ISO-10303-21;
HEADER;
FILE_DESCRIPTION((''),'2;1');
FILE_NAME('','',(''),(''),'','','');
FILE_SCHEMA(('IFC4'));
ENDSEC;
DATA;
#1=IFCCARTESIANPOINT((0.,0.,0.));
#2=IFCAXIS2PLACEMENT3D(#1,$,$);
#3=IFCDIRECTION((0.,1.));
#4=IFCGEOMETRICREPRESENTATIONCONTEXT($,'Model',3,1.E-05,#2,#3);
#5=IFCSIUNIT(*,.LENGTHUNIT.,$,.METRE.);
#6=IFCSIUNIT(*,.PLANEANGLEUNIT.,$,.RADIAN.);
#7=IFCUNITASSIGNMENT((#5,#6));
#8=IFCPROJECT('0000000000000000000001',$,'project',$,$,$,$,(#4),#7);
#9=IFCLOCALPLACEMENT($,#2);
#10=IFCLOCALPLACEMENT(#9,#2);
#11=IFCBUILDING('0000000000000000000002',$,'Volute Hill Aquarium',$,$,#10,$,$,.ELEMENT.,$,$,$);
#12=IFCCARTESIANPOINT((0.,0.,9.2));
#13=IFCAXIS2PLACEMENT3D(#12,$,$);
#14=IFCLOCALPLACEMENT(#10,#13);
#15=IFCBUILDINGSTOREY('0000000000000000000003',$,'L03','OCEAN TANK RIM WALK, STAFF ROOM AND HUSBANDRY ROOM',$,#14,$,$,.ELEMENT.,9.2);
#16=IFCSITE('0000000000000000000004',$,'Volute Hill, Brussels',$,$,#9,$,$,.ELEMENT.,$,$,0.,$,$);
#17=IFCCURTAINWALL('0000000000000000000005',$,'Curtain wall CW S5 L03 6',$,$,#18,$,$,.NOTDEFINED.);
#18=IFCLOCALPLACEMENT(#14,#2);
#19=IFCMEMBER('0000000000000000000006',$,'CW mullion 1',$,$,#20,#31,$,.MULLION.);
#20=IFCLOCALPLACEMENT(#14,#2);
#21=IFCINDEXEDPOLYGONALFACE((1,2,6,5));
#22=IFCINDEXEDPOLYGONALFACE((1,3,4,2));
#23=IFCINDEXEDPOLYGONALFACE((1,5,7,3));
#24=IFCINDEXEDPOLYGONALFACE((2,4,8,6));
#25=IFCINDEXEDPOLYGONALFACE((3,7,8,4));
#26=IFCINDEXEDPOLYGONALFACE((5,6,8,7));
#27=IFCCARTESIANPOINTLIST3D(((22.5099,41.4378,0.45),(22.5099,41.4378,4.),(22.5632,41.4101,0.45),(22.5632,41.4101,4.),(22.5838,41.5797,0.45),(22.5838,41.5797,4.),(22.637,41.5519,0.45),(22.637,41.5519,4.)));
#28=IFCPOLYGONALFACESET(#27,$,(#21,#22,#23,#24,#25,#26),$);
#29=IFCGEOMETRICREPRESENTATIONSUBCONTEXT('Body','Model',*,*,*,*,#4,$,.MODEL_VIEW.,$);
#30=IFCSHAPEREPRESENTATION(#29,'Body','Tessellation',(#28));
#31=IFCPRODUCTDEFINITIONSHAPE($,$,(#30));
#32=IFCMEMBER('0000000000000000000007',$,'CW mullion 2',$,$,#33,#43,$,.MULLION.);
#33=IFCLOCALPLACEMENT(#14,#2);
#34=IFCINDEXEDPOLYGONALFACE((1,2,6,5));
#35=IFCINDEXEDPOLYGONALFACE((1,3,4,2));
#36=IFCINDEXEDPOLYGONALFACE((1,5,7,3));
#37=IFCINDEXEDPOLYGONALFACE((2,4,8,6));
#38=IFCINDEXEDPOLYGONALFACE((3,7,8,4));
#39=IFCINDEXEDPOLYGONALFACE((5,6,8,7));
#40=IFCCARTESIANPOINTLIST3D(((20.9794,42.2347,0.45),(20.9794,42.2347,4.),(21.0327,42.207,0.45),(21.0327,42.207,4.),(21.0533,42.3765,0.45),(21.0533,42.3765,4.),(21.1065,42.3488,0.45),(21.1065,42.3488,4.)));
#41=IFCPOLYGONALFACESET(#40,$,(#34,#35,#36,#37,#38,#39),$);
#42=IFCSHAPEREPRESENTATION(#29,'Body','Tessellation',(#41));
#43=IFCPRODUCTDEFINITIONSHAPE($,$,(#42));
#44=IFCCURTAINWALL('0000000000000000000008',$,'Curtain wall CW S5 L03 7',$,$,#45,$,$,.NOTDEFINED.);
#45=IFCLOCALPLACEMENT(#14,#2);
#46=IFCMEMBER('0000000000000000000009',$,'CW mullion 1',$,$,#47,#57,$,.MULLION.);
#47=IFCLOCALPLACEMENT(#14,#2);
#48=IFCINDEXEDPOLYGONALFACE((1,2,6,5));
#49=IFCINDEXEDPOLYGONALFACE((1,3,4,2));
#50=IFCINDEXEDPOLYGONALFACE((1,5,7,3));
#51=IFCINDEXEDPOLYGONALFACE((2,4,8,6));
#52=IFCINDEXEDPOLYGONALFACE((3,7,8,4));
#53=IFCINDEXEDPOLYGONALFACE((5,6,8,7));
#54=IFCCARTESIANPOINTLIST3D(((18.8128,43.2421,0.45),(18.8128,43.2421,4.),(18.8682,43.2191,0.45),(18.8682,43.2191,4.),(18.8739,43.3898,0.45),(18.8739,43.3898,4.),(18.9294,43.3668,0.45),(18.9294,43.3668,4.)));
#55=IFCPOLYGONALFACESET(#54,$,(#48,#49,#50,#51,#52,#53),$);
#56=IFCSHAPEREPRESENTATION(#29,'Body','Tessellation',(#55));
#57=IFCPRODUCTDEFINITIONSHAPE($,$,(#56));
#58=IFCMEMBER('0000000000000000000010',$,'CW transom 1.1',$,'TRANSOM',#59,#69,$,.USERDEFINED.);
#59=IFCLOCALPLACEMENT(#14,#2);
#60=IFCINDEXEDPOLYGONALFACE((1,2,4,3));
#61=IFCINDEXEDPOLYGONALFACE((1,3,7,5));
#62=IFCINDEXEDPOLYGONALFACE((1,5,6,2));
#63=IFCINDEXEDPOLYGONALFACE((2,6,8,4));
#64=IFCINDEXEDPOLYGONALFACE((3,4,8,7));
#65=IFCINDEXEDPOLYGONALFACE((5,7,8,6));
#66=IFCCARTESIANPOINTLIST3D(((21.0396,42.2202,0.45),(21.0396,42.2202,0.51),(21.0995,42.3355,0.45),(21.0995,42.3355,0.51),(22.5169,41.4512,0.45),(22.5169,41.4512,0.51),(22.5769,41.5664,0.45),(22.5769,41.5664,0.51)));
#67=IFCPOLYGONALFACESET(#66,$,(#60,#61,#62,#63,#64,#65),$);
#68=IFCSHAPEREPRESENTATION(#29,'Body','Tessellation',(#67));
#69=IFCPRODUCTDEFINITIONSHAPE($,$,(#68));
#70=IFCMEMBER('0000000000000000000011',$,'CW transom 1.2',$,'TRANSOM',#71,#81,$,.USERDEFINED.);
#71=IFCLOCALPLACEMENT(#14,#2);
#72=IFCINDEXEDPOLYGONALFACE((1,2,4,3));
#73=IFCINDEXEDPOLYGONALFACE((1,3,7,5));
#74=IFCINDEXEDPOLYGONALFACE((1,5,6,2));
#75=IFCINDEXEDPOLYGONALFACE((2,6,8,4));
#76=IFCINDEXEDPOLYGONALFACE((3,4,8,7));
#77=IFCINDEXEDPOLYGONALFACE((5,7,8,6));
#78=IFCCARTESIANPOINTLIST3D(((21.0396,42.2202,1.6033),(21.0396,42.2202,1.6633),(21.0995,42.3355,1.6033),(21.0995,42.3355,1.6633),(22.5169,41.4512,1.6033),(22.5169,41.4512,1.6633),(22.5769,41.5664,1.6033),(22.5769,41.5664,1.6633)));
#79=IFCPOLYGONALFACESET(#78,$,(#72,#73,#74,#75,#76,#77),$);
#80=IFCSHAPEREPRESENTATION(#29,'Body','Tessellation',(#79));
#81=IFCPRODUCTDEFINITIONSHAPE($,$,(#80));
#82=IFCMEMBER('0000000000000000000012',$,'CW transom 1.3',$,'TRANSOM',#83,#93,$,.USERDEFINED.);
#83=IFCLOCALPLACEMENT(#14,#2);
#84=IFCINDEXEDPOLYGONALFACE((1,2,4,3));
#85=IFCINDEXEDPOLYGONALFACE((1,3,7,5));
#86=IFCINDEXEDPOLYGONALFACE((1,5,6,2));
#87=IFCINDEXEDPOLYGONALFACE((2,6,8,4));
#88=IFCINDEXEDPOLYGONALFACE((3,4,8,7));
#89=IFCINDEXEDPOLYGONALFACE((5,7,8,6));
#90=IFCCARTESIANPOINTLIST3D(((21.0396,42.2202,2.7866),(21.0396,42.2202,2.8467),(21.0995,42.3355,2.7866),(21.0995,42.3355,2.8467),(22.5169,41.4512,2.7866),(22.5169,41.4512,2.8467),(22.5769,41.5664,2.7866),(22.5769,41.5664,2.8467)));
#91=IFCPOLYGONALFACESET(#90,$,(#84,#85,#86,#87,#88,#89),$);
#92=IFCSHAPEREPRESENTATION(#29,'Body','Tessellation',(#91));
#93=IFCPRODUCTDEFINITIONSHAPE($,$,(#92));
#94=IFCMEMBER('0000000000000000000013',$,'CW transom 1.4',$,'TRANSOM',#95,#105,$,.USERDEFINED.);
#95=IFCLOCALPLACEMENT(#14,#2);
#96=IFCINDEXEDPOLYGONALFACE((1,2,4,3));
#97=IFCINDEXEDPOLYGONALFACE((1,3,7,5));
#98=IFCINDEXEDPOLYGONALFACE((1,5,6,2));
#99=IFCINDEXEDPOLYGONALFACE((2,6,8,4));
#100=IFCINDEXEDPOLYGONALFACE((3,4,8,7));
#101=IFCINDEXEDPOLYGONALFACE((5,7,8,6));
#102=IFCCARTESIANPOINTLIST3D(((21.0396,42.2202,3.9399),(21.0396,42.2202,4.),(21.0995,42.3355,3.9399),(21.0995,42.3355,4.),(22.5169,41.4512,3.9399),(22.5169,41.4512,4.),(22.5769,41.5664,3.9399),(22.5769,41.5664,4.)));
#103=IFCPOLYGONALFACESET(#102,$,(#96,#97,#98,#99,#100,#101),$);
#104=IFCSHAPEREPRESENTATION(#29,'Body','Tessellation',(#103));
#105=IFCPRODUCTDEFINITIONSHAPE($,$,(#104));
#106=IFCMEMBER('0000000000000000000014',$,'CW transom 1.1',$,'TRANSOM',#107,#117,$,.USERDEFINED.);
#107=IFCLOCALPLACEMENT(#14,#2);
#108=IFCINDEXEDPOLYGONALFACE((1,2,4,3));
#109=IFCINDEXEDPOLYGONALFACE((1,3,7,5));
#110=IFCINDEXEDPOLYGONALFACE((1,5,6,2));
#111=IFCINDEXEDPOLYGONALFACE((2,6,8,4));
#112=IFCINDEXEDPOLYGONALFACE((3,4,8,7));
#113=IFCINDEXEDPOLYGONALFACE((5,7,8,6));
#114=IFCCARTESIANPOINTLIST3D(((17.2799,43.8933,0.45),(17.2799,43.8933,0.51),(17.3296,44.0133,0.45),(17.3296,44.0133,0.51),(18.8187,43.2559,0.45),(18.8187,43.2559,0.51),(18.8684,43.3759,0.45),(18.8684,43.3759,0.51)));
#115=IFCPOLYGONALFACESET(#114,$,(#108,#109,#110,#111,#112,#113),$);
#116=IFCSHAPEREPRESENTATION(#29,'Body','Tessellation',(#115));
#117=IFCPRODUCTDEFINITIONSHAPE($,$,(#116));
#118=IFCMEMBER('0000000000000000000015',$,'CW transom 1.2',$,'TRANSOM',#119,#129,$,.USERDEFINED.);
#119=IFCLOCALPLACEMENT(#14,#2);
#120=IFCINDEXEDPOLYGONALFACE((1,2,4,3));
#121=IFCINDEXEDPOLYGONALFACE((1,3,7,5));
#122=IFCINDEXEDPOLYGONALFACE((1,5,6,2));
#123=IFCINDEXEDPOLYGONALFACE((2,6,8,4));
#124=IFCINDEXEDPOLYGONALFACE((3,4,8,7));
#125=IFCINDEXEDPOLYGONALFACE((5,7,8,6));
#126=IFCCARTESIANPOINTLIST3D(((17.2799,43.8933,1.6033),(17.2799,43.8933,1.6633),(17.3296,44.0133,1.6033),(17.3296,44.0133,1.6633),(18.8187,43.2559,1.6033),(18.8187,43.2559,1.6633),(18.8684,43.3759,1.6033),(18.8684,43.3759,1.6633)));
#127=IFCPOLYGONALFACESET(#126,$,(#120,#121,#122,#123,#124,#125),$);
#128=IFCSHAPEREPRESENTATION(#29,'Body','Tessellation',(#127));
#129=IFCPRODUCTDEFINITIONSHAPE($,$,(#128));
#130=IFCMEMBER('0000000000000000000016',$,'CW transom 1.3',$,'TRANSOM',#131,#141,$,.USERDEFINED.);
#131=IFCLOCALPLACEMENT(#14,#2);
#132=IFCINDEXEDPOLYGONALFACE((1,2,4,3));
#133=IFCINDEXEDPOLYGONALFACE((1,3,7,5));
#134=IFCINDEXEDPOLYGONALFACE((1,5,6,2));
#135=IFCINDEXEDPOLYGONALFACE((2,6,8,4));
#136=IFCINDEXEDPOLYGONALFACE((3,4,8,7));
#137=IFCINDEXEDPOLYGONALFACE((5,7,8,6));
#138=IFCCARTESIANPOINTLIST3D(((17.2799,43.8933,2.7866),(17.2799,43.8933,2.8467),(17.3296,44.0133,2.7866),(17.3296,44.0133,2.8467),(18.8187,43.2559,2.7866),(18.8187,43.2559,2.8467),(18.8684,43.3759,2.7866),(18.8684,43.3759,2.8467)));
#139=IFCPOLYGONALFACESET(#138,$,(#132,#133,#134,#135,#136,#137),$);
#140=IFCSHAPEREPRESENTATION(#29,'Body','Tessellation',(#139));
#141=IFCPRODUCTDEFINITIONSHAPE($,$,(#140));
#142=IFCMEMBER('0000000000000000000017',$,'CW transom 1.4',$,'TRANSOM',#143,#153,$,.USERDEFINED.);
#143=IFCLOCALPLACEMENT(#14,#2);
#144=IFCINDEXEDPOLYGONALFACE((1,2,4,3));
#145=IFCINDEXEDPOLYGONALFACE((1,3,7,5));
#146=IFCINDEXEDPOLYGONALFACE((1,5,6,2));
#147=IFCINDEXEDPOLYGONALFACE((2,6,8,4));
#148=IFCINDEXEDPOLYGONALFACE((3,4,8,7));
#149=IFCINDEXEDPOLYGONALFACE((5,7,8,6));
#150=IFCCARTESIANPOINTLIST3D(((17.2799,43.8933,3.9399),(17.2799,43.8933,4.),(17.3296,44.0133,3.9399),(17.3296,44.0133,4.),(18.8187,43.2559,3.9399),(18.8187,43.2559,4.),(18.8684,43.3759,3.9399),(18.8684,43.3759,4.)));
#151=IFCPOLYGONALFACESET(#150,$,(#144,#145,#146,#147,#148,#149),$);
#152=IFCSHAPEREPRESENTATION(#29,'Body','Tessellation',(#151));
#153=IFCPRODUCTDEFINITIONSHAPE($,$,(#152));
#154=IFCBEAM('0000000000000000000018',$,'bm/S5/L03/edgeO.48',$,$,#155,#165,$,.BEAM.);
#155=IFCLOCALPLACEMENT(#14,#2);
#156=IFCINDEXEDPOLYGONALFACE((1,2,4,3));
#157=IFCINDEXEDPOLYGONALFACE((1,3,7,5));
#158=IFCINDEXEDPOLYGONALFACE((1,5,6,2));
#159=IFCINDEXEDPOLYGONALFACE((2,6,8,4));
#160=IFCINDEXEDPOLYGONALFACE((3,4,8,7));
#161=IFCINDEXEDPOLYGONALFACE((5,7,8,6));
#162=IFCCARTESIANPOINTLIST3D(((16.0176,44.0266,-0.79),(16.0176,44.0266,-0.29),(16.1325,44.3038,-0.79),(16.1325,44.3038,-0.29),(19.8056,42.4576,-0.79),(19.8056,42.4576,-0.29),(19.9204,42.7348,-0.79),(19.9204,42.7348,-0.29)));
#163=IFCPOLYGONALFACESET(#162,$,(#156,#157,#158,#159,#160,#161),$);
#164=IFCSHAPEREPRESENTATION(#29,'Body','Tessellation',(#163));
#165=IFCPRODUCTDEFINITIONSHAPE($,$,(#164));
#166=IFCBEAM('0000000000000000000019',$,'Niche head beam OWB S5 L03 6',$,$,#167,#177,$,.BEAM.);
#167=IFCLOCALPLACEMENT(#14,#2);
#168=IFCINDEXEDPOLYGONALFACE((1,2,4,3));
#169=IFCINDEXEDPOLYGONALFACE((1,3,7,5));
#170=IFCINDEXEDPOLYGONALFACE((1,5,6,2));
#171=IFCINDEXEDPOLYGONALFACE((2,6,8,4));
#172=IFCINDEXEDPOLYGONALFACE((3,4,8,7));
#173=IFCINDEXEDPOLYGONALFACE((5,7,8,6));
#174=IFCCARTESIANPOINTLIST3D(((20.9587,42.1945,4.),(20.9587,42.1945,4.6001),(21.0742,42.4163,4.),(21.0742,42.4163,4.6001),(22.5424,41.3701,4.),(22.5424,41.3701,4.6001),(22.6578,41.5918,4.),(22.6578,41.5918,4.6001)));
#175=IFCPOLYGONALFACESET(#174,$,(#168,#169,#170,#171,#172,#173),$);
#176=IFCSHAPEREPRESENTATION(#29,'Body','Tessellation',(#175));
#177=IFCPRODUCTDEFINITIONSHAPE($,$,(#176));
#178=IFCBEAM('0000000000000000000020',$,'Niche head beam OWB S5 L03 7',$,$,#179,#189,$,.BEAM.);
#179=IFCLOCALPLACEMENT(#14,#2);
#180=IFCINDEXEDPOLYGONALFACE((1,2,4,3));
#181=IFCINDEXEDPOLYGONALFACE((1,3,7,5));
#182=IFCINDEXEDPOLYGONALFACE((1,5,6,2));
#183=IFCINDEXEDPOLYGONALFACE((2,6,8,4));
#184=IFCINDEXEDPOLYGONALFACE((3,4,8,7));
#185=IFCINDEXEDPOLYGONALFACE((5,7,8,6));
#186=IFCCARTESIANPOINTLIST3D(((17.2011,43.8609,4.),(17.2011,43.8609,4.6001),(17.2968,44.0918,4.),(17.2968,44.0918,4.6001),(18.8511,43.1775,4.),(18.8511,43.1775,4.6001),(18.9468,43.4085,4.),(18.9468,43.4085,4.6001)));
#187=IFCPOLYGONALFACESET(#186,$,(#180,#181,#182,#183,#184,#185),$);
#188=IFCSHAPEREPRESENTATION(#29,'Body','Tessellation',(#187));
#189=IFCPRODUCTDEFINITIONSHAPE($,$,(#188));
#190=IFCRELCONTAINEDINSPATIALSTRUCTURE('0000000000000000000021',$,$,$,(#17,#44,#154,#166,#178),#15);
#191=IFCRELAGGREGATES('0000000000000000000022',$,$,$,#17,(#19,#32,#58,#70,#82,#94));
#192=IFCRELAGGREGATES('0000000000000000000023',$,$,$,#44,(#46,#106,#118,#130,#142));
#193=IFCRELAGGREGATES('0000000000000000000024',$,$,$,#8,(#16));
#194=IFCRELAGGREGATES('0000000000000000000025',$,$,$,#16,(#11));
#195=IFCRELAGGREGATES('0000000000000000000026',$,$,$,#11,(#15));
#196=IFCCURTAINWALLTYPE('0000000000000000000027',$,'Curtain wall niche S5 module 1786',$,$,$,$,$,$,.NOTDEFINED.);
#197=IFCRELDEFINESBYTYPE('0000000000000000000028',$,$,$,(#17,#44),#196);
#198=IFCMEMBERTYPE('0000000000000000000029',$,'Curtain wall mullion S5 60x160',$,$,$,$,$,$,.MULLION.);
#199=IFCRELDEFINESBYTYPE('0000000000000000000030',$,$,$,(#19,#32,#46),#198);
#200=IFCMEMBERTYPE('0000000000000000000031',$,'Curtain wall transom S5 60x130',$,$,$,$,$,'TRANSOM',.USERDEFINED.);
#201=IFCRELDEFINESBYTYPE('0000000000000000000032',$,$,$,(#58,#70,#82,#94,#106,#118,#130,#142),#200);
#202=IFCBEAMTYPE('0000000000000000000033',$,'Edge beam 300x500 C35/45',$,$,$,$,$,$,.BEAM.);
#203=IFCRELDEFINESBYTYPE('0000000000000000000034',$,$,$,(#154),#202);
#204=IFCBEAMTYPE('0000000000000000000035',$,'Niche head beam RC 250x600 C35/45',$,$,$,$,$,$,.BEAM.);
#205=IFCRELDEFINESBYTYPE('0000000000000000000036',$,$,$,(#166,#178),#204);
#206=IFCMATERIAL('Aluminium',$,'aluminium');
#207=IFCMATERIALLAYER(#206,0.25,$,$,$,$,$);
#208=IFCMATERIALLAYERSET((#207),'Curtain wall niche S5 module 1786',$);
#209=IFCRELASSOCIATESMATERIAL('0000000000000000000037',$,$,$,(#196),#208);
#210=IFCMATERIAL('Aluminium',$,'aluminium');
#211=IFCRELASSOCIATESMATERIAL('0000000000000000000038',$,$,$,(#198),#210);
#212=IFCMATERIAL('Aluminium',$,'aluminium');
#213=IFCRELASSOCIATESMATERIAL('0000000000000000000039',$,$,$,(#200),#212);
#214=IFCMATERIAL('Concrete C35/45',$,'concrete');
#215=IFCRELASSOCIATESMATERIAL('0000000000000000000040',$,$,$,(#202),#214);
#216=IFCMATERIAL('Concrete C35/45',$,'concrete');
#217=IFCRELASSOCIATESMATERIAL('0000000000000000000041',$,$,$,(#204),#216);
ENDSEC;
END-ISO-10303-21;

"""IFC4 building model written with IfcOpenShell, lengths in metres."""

from ifc_helpers import new_model, si_unit, direction, frame, origin, origin_2d, place, context, subcontext, project, spatial, rectangle, extrude, material, layer, layer_set, material_profile, profile_set, type_object, element, aggregate, save


model = new_model("IFC4")

# Units and contexts
model_context = context("Model", 3, precision=1e-05, world=origin(), true_north=direction((0.0, 1.0)))
body_context = subcontext(model_context, "Body", "Model", "MODEL_VIEW")
ifc_project = project(units=[si_unit("LENGTHUNIT", "METRE"), si_unit("PLANEANGLEUNIT", "RADIAN")], contexts=[model_context])

# Site, building, storey
site_placement = place(None, origin())
site = spatial("IfcSite", under=ifc_project, at=site_placement, Name="Volute Hill, Brussels", CompositionType="ELEMENT", RefElevation=0.0)
building_placement = place(site_placement, origin())
building = spatial("IfcBuilding", under=site, at=building_placement, Name="Volute Hill Aquarium", CompositionType="ELEMENT")
storey_placement = place(building_placement, frame((0.0, 0.0, 9.2)))
storey = spatial("IfcBuildingStorey", under=building, at=storey_placement, Name="L03", Description="OCEAN TANK RIM WALK, STAFF ROOM AND HUSBANDRY ROOM", CompositionType="ELEMENT", Elevation=9.2)

# Curtain wall, members
ifc_material_1 = material(Name="Aluminium", Category="aluminium")
ifc_layer_1 = layer(ifc_material_1, 0.25)
ifc_layer_set_1 = layer_set([ifc_layer_1], Name="Curtain wall niche S5 module 1786")
curtain_wall_type = type_object("IfcCurtainWallType", Name="Curtain wall niche S5 module 1786", PredefinedType="NOTDEFINED", material=ifc_layer_set_1)
curtain_wall_1_placement = place(storey_placement, origin())
curtain_wall_1 = element("IfcCurtainWall", 1, at=curtain_wall_1_placement, inside=storey, type_object=curtain_wall_type, Name="Curtain wall CW S5 L03 6", PredefinedType="NOTDEFINED")
ifc_material_2 = material(Name="Aluminium", Category="aluminium")
ifc_material_profile_1 = material_profile(ifc_material_2, rectangle(XDim=0.1599, YDim=0.0601, at=origin_2d()), Name="Curtain wall mullion S5 60x160")
ifc_profile_set_1 = profile_set([ifc_material_profile_1], Name="Aluminium")
member_type_1 = type_object("IfcMemberType", Name="Curtain wall mullion S5 60x160", PredefinedType="MULLION", material=ifc_profile_set_1)
member_1_placement = place(storey_placement, frame((22.5735, 41.4949, 0.45), z_axis=(0.0, 0.0, 1.0), x_axis=(-0.461755, -0.887007, 0.0)))
member_1 = element("IfcMember", 2, at=member_1_placement, type_object=member_type_1, Name="CW mullion 1", PredefinedType="MULLION", context=body_context, shape_type="SweptSolid", body=[
    extrude(rectangle(XDim=0.1599, YDim=0.0601, at=origin_2d()), origin(), (0.0, 0.0, 1.0), 3.55),
])
member_2_placement = place(storey_placement, frame((21.043, 42.2917, 0.45), z_axis=(0.0, 0.0, 1.0), x_axis=(-0.461755, -0.887007, 0.0)))
member_2 = element("IfcMember", 3, at=member_2_placement, type_object=member_type_1, Name="CW mullion 2", PredefinedType="MULLION", context=body_context, shape_type="SweptSolid", body=[
    extrude(rectangle(XDim=0.1599, YDim=0.0601, at=origin_2d()), origin(), (0.0, 0.0, 1.0), 3.55),
])

# Curtain wall, member
curtain_wall_2_placement = place(storey_placement, origin())
curtain_wall_2 = element("IfcCurtainWall", 4, at=curtain_wall_2_placement, inside=storey, type_object=curtain_wall_type, Name="Curtain wall CW S5 L03 7", PredefinedType="NOTDEFINED")
member_3_placement = place(storey_placement, frame((18.8711, 43.3044, 0.45), z_axis=(0.0, 0.0, 1.0), x_axis=(-0.382686, -0.923878, 0.0)))
member_3 = element("IfcMember", 5, at=member_3_placement, type_object=member_type_1, Name="CW mullion 1", PredefinedType="MULLION", context=body_context, shape_type="SweptSolid", body=[
    extrude(rectangle(XDim=0.1599, YDim=0.0601, at=origin_2d()), origin(), (0.0, 0.0, 1.0), 3.55),
])

# Members
ifc_material_3 = material(Name="Aluminium", Category="aluminium")
ifc_material_profile_2 = material_profile(ifc_material_3, rectangle(XDim=0.1299, YDim=0.0601, at=origin_2d()), Name="Curtain wall transom S5 60x130")
ifc_profile_set_2 = profile_set([ifc_material_profile_2], Name="Aluminium")
member_type_2 = type_object("IfcMemberType", Name="Curtain wall transom S5 60x130", ElementType="TRANSOM", PredefinedType="USERDEFINED", material=ifc_profile_set_2)
member_4_placement = place(storey_placement, frame((22.5469, 41.5088, 0.48), z_axis=(-0.887008, 0.461754, 0.0), x_axis=(-0.461754, -0.887008, 0.0)))
member_4 = element("IfcMember", 6, at=member_4_placement, type_object=member_type_2, Name="CW transom 1.1", ObjectType="TRANSOM", PredefinedType="USERDEFINED", context=body_context, shape_type="SweptSolid", body=[
    extrude(rectangle(XDim=0.1299, YDim=0.0601, at=origin_2d()), origin(), (0.0, 0.0, 1.0), 1.6655),
])
member_5_placement = place(storey_placement, frame((22.5469, 41.5088, 1.6333), z_axis=(-0.887008, 0.461754, 0.0), x_axis=(-0.461754, -0.887008, 0.0)))
member_5 = element("IfcMember", 7, at=member_5_placement, type_object=member_type_2, Name="CW transom 1.2", ObjectType="TRANSOM", PredefinedType="USERDEFINED", context=body_context, shape_type="SweptSolid", body=[
    extrude(rectangle(XDim=0.1299, YDim=0.0601, at=origin_2d()), origin(), (0.0, 0.0, 1.0), 1.6655),
])
member_6_placement = place(storey_placement, frame((22.5469, 41.5088, 2.8167), z_axis=(-0.887008, 0.461754, 0.0), x_axis=(-0.461754, -0.887008, 0.0)))
member_6 = element("IfcMember", 8, at=member_6_placement, type_object=member_type_2, Name="CW transom 1.3", ObjectType="TRANSOM", PredefinedType="USERDEFINED", context=body_context, shape_type="SweptSolid", body=[
    extrude(rectangle(XDim=0.1299, YDim=0.0601, at=origin_2d()), origin(), (0.0, 0.0, 1.0), 1.6655),
])
member_7_placement = place(storey_placement, frame((22.5469, 41.5088, 3.97), z_axis=(-0.887008, 0.461754, 0.0), x_axis=(-0.461754, -0.887008, 0.0)))
member_7 = element("IfcMember", 9, at=member_7_placement, type_object=member_type_2, Name="CW transom 1.4", ObjectType="TRANSOM", PredefinedType="USERDEFINED", context=body_context, shape_type="SweptSolid", body=[
    extrude(rectangle(XDim=0.1299, YDim=0.0601, at=origin_2d()), origin(), (0.0, 0.0, 1.0), 1.6655),
])
member_8_placement = place(storey_placement, frame((18.8435, 43.3159, 0.48), z_axis=(-0.923869, 0.38271, 0.0), x_axis=(-0.38271, -0.923869, 0.0)))
member_8 = element("IfcMember", 10, at=member_8_placement, type_object=member_type_2, Name="CW transom 1.1", ObjectType="TRANSOM", PredefinedType="USERDEFINED", context=body_context, shape_type="SweptSolid", body=[
    extrude(rectangle(XDim=0.1299, YDim=0.0601, at=origin_2d()), origin(), (0.0, 0.0, 1.0), 1.6655),
])
member_9_placement = place(storey_placement, frame((18.8435, 43.3159, 1.6333), z_axis=(-0.923869, 0.38271, 0.0), x_axis=(-0.38271, -0.923869, 0.0)))
member_9 = element("IfcMember", 11, at=member_9_placement, type_object=member_type_2, Name="CW transom 1.2", ObjectType="TRANSOM", PredefinedType="USERDEFINED", context=body_context, shape_type="SweptSolid", body=[
    extrude(rectangle(XDim=0.1299, YDim=0.0601, at=origin_2d()), origin(), (0.0, 0.0, 1.0), 1.6655),
])
member_10_placement = place(storey_placement, frame((18.8435, 43.3159, 2.8167), z_axis=(-0.923869, 0.38271, 0.0), x_axis=(-0.38271, -0.923869, 0.0)))
member_10 = element("IfcMember", 12, at=member_10_placement, type_object=member_type_2, Name="CW transom 1.3", ObjectType="TRANSOM", PredefinedType="USERDEFINED", context=body_context, shape_type="SweptSolid", body=[
    extrude(rectangle(XDim=0.1299, YDim=0.0601, at=origin_2d()), origin(), (0.0, 0.0, 1.0), 1.6655),
])
member_11_placement = place(storey_placement, frame((18.8435, 43.3159, 3.97), z_axis=(-0.923869, 0.38271, 0.0), x_axis=(-0.38271, -0.923869, 0.0)))
member_11 = element("IfcMember", 13, at=member_11_placement, type_object=member_type_2, Name="CW transom 1.4", ObjectType="TRANSOM", PredefinedType="USERDEFINED", context=body_context, shape_type="SweptSolid", body=[
    extrude(rectangle(XDim=0.1299, YDim=0.0601, at=origin_2d()), origin(), (0.0, 0.0, 1.0), 1.6655),
])

# Beams
ifc_material_4 = material(Name="Concrete C35/45", Category="concrete")
ifc_material_profile_3 = material_profile(ifc_material_4, rectangle(XDim=0.3, YDim=0.5, at=origin_2d()), Name="RC edge beam 300x500")
ifc_profile_set_3 = profile_set([ifc_material_profile_3], Name="Concrete C35/45")
beam_type_1 = type_object("IfcBeamType", Name="Edge beam 300x500 C35/45", PredefinedType="BEAM", material=ifc_profile_set_3)
beam_1_placement = place(storey_placement, frame((19.863, 42.5962, -0.54), z_axis=(-0.923878, 0.382687, 0.0), x_axis=(-0.382687, -0.923878, 0.0)))
element("IfcBeam", 14, at=beam_1_placement, inside=storey, type_object=beam_type_1, Name="bm/S5/L03/edgeO.48", PredefinedType="BEAM", context=body_context, shape_type="SweptSolid", body=[
    extrude(rectangle(XDim=0.3, YDim=0.5, at=origin_2d()), origin(), (0.0, 0.0, 1.0), 4.1001),
])
ifc_material_5 = material(Name="Concrete C35/45", Category="concrete")
ifc_material_profile_4 = material_profile(ifc_material_5, rectangle(XDim=0.25, YDim=0.6001, at=origin_2d()), Name="RC beam 250x600")
ifc_profile_set_4 = profile_set([ifc_material_profile_4], Name="Concrete C35/45")
beam_type_2 = type_object("IfcBeamType", Name="Niche head beam RC 250x600 C35/45", PredefinedType="BEAM", material=ifc_profile_set_4)
beam_2_placement = place(storey_placement, frame((22.6001, 41.481, 4.3), z_axis=(-0.887006, 0.461757, 0.0), x_axis=(-0.461757, -0.887006, 0.0)))
element("IfcBeam", 15, at=beam_2_placement, inside=storey, type_object=beam_type_2, Name="Niche head beam OWB S5 L03 6", PredefinedType="BEAM", context=body_context, shape_type="SweptSolid", body=[
    extrude(rectangle(XDim=0.25, YDim=0.6001, at=origin_2d()), origin(), (0.0, 0.0, 1.0), 1.7854),
])
beam_3_placement = place(storey_placement, frame((18.8989, 43.293, 4.3), z_axis=(-0.923892, 0.382654, 0.0), x_axis=(-0.382654, -0.923892, 0.0)))
element("IfcBeam", 16, at=beam_3_placement, inside=storey, type_object=beam_type_2, Name="Niche head beam OWB S5 L03 7", PredefinedType="BEAM", context=body_context, shape_type="SweptSolid", body=[
    extrude(rectangle(XDim=0.25, YDim=0.6001, at=origin_2d()), origin(), (0.0, 0.0, 1.0), 1.7859),
])

aggregate(curtain_wall_1, [member_1, member_2, member_4, member_5, member_6, member_7])
aggregate(curtain_wall_2, [member_3, member_8, member_9, member_10, member_11])

save(model, "model.ifc")
